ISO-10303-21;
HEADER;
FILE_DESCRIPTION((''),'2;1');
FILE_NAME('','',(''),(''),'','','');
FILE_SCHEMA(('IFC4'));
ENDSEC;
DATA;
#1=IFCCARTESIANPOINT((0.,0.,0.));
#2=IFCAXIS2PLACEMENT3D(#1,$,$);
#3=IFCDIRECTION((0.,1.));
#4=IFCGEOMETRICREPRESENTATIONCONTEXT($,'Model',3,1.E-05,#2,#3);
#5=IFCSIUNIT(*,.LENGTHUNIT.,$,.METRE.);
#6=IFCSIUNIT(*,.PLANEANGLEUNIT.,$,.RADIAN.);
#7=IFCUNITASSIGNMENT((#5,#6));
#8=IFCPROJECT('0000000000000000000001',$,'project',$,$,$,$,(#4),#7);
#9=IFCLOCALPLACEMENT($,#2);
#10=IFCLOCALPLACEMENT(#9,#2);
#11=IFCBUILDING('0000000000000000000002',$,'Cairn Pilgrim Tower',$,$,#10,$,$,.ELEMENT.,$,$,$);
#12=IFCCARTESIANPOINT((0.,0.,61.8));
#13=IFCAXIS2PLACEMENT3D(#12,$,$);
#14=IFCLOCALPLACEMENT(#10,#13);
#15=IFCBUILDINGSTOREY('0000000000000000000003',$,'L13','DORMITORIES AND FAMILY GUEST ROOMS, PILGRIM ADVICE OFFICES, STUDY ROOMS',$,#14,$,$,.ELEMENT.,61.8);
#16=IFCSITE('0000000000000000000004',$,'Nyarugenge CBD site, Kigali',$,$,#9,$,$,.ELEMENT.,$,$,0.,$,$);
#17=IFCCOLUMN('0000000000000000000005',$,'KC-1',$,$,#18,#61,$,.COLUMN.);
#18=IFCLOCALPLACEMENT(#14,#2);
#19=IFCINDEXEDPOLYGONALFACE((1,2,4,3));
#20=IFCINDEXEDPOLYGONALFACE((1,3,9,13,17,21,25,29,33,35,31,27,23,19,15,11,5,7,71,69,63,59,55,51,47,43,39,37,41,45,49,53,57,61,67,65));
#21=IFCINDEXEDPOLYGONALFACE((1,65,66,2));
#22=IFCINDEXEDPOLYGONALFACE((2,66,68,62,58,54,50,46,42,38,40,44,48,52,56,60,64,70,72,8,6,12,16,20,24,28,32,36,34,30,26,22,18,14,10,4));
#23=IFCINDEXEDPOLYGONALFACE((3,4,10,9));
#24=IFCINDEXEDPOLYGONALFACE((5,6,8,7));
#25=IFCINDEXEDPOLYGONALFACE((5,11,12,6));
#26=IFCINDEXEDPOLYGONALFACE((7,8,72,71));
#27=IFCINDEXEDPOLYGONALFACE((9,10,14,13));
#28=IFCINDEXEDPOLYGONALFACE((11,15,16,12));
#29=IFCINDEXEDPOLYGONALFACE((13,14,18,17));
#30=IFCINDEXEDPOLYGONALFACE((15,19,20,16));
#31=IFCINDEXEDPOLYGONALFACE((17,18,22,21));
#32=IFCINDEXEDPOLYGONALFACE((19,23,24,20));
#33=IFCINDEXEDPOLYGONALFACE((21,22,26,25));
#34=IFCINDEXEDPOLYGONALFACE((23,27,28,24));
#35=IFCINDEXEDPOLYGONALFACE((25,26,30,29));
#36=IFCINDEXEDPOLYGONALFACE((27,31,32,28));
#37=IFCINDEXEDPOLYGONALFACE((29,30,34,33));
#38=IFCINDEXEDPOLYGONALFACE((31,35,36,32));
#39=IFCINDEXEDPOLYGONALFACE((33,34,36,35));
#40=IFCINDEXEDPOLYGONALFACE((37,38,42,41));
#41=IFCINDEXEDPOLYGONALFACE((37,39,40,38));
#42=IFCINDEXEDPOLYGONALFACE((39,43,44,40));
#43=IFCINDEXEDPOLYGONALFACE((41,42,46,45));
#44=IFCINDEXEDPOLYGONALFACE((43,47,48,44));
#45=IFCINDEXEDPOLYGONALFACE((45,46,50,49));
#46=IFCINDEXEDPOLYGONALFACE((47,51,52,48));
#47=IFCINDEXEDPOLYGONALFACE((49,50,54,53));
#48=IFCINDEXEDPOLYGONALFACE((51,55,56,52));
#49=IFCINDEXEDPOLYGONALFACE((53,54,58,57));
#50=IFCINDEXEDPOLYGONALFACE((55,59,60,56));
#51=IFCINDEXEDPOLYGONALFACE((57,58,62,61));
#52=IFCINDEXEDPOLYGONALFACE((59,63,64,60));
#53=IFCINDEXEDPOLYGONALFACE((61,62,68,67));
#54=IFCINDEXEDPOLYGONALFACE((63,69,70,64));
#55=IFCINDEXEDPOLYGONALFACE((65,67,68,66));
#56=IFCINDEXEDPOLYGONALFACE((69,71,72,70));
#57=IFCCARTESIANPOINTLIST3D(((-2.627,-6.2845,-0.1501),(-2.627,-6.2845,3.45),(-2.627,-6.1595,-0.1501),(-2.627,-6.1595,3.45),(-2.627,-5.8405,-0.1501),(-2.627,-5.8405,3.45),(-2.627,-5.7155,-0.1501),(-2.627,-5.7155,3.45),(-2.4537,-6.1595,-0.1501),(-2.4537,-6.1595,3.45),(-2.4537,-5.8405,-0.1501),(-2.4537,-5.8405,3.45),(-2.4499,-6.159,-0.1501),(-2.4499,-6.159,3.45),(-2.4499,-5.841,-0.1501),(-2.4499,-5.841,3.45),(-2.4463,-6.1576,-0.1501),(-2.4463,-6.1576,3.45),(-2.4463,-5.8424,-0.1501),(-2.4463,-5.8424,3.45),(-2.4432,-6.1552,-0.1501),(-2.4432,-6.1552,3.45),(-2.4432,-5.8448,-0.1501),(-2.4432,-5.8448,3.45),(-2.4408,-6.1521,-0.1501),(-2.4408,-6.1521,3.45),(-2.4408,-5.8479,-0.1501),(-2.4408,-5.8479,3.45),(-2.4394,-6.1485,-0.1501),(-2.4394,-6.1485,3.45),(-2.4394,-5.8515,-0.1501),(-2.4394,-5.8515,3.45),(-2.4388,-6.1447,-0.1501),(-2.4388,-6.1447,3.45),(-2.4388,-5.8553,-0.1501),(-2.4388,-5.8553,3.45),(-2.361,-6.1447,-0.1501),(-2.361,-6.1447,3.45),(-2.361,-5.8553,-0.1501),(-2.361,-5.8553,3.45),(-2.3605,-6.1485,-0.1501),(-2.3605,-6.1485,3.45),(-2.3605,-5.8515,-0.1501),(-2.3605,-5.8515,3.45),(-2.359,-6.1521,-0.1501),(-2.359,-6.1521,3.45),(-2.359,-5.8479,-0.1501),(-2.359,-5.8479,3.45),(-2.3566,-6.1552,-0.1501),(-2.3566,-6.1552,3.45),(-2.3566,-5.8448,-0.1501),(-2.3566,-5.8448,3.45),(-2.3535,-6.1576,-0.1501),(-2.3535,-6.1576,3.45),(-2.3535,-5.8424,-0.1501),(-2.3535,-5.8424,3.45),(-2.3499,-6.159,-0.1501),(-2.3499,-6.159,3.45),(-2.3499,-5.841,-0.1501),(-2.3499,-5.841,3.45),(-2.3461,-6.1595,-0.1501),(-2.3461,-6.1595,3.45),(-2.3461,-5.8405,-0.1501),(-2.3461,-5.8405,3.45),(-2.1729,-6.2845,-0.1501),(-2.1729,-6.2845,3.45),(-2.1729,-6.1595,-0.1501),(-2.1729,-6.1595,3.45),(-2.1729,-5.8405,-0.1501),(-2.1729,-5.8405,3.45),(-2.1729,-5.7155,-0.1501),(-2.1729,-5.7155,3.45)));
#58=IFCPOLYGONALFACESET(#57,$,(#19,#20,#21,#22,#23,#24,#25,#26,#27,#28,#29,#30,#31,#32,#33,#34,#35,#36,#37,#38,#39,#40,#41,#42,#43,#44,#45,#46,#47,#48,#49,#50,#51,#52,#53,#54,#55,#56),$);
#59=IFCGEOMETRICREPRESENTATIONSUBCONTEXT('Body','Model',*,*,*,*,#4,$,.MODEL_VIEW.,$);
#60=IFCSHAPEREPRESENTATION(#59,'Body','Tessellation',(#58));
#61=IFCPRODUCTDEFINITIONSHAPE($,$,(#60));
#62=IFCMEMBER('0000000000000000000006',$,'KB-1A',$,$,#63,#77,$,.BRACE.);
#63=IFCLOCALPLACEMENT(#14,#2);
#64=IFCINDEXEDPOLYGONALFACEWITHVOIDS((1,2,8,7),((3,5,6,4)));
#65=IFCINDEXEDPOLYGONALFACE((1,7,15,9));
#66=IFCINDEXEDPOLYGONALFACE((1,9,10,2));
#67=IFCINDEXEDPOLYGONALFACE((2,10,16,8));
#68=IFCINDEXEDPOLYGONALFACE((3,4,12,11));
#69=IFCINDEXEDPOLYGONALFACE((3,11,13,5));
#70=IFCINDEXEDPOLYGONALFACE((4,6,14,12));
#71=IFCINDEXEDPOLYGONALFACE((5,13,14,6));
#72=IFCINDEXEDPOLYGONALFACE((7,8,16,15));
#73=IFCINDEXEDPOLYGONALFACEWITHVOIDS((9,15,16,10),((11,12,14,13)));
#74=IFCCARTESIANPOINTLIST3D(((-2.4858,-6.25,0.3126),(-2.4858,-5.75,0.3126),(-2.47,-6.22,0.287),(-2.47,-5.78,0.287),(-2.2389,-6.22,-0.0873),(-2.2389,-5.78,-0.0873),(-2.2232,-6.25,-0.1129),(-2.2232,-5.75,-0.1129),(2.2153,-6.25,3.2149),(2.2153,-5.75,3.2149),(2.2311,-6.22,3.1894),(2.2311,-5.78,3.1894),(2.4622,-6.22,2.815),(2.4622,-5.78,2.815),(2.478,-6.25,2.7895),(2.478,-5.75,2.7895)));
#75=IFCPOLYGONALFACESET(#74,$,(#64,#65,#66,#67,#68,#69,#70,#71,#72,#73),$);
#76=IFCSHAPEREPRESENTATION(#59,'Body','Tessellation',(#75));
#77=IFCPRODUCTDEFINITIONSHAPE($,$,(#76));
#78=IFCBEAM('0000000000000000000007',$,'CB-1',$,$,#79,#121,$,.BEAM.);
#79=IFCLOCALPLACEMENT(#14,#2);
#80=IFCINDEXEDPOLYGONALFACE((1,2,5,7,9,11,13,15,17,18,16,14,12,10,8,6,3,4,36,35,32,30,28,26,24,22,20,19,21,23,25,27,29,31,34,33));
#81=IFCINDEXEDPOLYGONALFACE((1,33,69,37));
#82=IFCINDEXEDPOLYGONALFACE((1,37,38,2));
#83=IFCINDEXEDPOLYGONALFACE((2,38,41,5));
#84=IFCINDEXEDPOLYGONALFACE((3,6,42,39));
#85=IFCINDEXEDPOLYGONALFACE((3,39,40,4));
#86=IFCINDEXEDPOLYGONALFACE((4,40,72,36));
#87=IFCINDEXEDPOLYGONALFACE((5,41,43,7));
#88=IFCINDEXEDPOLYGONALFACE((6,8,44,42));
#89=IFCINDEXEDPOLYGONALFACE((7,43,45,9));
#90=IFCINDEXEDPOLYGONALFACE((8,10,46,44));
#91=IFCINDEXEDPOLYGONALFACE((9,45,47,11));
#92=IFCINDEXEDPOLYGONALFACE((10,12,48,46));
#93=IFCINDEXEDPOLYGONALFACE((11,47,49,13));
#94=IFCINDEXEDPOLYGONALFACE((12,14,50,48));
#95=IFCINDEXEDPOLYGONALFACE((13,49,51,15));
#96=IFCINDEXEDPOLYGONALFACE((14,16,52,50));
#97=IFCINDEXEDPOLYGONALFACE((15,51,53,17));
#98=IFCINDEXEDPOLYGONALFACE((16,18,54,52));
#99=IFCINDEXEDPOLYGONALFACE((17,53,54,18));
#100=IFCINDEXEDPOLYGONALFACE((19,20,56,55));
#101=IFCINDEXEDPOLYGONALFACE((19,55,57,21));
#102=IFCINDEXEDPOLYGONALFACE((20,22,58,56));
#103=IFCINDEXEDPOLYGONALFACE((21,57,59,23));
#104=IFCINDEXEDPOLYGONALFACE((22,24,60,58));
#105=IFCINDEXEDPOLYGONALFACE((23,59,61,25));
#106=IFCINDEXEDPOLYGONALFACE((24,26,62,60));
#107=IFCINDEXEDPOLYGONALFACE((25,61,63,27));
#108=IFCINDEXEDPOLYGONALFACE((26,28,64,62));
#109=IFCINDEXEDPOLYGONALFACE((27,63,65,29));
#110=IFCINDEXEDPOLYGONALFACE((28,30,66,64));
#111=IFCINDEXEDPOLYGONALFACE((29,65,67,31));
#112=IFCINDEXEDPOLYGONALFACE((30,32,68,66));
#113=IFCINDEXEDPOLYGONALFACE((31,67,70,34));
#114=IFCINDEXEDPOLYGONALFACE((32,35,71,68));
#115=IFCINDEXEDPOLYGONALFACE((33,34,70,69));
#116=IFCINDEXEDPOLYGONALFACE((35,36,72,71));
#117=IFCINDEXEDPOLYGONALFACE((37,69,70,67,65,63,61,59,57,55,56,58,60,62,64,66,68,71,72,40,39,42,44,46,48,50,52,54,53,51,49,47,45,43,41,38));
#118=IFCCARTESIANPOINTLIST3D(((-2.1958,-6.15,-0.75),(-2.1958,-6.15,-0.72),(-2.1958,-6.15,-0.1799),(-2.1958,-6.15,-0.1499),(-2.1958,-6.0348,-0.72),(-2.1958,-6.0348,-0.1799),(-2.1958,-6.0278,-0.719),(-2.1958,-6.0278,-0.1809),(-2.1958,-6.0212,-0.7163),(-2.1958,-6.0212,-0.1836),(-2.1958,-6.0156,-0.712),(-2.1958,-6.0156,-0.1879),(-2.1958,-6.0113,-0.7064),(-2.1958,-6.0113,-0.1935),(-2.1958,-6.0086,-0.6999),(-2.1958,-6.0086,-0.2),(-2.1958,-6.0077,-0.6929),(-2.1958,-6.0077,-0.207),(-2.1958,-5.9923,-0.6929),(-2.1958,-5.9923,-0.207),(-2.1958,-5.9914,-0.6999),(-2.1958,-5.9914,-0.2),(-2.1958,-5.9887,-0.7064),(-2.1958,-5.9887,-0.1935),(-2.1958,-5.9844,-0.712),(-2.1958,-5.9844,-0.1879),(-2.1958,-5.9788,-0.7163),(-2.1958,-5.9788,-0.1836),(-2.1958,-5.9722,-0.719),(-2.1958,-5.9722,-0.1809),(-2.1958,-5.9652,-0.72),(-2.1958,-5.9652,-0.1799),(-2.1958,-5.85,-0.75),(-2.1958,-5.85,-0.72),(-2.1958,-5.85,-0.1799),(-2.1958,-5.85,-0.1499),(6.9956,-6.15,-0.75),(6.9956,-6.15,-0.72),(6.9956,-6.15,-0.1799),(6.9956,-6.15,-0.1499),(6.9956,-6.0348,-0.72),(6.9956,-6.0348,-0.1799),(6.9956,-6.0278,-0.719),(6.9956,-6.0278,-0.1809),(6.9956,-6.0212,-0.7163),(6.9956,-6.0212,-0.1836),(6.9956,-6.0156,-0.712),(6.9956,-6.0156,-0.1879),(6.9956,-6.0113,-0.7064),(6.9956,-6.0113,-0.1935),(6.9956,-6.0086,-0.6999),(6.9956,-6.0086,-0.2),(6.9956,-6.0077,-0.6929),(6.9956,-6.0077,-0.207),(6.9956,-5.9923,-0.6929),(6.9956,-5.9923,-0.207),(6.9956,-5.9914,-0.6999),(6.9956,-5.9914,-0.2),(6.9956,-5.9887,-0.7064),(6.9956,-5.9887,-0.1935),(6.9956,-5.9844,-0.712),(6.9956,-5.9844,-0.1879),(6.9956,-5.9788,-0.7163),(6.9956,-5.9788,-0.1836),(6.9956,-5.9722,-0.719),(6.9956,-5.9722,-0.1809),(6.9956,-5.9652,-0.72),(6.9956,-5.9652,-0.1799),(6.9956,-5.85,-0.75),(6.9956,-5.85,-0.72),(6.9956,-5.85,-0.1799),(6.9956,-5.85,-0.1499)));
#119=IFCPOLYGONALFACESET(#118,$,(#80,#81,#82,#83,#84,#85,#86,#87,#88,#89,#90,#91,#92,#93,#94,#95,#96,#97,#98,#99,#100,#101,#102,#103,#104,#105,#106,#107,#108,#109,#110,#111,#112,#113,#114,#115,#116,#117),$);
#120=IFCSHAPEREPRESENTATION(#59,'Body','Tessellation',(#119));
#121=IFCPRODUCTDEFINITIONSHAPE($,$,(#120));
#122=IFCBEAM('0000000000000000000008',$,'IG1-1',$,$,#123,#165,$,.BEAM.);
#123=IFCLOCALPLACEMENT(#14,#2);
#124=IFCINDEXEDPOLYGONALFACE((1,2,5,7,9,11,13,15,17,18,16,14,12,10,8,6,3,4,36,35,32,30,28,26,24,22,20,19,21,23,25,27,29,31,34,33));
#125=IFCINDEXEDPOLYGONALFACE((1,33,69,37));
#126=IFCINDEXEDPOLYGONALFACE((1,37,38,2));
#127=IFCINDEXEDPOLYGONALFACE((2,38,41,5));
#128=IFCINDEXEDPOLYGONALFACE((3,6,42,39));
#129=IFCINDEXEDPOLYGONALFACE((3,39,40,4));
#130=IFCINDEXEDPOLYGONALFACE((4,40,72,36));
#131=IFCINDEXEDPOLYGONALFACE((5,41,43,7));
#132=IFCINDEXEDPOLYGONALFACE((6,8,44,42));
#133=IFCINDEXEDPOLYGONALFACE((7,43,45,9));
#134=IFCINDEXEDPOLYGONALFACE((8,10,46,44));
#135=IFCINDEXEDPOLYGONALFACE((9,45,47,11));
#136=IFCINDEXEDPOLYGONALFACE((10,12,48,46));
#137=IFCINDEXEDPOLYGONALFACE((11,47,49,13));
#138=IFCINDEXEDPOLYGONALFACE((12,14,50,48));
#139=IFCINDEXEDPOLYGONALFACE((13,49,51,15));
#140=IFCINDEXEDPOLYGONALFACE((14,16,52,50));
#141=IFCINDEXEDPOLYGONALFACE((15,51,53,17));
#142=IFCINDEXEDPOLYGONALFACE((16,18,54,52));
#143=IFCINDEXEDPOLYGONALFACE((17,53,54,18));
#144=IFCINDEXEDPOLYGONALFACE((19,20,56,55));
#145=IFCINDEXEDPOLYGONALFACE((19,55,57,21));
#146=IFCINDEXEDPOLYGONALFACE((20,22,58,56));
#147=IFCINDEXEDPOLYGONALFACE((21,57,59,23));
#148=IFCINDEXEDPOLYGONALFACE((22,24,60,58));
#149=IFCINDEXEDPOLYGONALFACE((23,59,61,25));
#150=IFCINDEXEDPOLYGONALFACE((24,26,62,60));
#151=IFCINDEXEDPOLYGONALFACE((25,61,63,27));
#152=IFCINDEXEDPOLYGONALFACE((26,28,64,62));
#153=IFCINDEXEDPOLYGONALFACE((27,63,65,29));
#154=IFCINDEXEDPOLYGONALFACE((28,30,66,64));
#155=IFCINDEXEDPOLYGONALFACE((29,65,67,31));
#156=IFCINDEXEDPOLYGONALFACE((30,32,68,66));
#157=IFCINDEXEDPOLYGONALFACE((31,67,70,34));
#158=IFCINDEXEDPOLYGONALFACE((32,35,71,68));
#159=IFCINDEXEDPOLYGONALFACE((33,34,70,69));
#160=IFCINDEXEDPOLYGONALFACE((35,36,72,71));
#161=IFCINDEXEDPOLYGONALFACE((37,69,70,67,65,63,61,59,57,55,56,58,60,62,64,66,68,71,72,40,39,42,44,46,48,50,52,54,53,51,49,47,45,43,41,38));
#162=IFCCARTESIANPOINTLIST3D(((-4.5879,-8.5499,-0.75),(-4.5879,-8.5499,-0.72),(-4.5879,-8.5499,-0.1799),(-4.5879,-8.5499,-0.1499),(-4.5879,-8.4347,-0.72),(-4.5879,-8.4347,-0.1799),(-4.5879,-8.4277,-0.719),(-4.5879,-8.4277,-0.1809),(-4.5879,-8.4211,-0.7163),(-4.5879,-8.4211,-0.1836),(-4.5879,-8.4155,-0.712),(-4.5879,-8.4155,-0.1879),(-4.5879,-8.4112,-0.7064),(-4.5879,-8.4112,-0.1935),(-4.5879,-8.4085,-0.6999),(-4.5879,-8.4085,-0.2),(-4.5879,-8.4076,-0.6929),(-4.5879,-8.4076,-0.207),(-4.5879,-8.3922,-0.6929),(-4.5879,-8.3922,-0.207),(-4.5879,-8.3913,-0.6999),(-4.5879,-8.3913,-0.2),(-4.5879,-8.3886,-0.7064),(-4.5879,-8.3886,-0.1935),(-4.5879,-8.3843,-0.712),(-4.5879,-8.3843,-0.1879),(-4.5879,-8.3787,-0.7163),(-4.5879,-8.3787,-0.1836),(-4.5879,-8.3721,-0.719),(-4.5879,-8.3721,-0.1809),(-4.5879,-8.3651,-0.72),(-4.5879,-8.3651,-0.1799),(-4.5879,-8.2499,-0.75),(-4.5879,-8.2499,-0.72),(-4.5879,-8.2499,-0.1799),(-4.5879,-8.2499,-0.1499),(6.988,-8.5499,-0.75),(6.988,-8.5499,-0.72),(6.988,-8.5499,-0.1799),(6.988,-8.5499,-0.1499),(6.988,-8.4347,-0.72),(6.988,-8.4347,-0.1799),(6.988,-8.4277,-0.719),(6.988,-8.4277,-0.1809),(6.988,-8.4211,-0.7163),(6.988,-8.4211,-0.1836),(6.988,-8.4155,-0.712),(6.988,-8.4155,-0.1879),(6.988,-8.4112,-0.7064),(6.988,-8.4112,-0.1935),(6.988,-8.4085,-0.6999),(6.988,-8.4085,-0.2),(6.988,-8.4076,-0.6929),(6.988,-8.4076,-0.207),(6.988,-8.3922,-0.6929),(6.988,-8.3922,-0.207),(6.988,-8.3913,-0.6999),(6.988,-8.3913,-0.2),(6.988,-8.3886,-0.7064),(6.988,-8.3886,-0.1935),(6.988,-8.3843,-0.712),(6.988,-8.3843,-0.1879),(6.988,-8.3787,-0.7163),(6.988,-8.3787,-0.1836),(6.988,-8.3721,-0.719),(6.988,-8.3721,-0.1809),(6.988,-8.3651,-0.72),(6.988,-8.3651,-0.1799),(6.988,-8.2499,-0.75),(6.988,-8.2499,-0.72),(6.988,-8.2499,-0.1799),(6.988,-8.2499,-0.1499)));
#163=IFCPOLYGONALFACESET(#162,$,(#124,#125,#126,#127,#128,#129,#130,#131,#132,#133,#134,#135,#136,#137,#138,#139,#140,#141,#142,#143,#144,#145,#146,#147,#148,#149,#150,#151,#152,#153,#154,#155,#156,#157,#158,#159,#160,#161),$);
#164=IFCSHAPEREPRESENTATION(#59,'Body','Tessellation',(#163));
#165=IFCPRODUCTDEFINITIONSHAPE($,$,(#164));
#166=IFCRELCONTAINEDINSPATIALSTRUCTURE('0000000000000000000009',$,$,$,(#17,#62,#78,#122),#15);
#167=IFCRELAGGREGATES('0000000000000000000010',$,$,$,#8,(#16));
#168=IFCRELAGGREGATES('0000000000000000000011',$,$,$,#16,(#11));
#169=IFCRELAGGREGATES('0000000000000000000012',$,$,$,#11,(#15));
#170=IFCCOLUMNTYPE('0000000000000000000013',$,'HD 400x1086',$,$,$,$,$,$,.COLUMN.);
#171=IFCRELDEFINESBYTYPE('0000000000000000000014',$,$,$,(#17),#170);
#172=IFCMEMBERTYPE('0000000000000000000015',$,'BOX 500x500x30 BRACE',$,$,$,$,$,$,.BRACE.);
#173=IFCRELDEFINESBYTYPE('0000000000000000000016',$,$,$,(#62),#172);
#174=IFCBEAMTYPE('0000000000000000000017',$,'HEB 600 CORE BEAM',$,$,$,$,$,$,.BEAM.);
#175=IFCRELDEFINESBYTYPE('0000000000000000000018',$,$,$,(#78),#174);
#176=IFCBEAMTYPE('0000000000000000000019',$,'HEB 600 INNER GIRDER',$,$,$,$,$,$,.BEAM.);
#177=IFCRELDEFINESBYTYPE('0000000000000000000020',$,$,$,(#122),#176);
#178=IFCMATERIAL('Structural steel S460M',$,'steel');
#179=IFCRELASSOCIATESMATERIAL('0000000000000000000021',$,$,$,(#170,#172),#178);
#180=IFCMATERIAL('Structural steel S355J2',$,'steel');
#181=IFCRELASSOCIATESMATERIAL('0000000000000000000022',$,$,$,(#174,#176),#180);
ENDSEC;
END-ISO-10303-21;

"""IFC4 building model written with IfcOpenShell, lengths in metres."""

from ifc_helpers import new_model, si_unit, direction, frame, origin, origin_2d, place, context, subcontext, project, spatial, hollow_rectangle, i_section, extrude, material, material_profile, profile_set, type_object, element, save


model = new_model("IFC4")

# Units and contexts
model_context = context("Model", 3, precision=1e-05, world=origin(), true_north=direction((0.0, 1.0)))
body_context = subcontext(model_context, "Body", "Model", "MODEL_VIEW")
ifc_project = project(units=[si_unit("LENGTHUNIT", "METRE"), si_unit("PLANEANGLEUNIT", "RADIAN")], contexts=[model_context])

# Site, building, storey
site_placement = place(None, origin())
site = spatial("IfcSite", under=ifc_project, at=site_placement, Name="Nyarugenge CBD site, Kigali", CompositionType="ELEMENT", RefElevation=0.0)
building_placement = place(site_placement, origin())
building = spatial("IfcBuilding", under=site, at=building_placement, Name="Cairn Pilgrim Tower", CompositionType="ELEMENT")
storey_placement = place(building_placement, frame((0.0, 0.0, 61.8)))
storey = spatial("IfcBuildingStorey", under=building, at=storey_placement, Name="L13", Description="DORMITORIES AND FAMILY GUEST ROOMS, PILGRIM ADVICE OFFICES, STUDY ROOMS", CompositionType="ELEMENT", Elevation=61.8)

# Column
ifc_material_1 = material(Name="Structural steel S460M", Category="steel")
ifc_material_profile_1 = material_profile(ifc_material_1, i_section(OverallWidth=0.4541, OverallDepth=0.5691, WebThickness=0.0779, FlangeThickness=0.125, FilletRadius=0.0149, at=origin_2d()), Name="HD 400x1086")
ifc_profile_set_1 = profile_set([ifc_material_profile_1], Name="Structural steel S460M")
column_type = type_object("IfcColumnType", Name="HD 400x1086", PredefinedType="COLUMN", material=ifc_profile_set_1)
column_placement = place(storey_placement, frame((-2.3999, -6.0, -0.1501), z_axis=(0.0, 0.0, 1.0), x_axis=(1.0, 0.0, 0.0)))
element("IfcColumn", 1, at=column_placement, inside=storey, type_object=column_type, Name="KC-1", PredefinedType="COLUMN", context=body_context, shape_type="SweptSolid", body=[
    extrude(i_section(OverallWidth=0.4541, OverallDepth=0.5691, WebThickness=0.0779, FlangeThickness=0.125, FilletRadius=0.0149, at=origin_2d()), origin(), (0.0, 0.0, 1.0), 3.6001),
])

# Member
ifc_material_profile_2 = material_profile(ifc_material_1, hollow_rectangle(XDim=0.5, YDim=0.5, WallThickness=0.03, at=origin_2d()), Name="BOX 500x500x30")
ifc_profile_set_2 = profile_set([ifc_material_profile_2], Name="Structural steel S460M")
member_type = type_object("IfcMemberType", Name="BOX 500x500x30 BRACE", PredefinedType="BRACE", material=ifc_profile_set_2)
member_placement = place(storey_placement, frame((-2.3545, -6.0, 0.0999), z_axis=(0.850905, 0.0, 0.52532), x_axis=(0.0, 1.0, 0.0)))
element("IfcMember", 2, at=member_placement, inside=storey, type_object=member_type, Name="KB-1A", PredefinedType="BRACE", context=body_context, shape_type="SweptSolid", body=[
    extrude(hollow_rectangle(XDim=0.5, YDim=0.5, WallThickness=0.03, at=origin_2d()), origin(), (0.0, 0.0, 1.0), 5.5249),
])

# Beams
ifc_material_2 = material(Name="Structural steel S355J2", Category="steel")
ifc_material_profile_3 = material_profile(ifc_material_2, i_section(OverallWidth=0.3, OverallDepth=0.6001, WebThickness=0.0154, FlangeThickness=0.03, FilletRadius=0.0271, at=origin_2d()), Name="HEB 600")
ifc_profile_set_3 = profile_set([ifc_material_profile_3], Name="Structural steel S355J2")
beam_type_1 = type_object("IfcBeamType", Name="HEB 600 CORE BEAM", PredefinedType="BEAM", material=ifc_profile_set_3)
beam_1_placement = place(storey_placement, frame((-2.1958, -6.0, -0.45), z_axis=(1.0, 0.0, 0.0), x_axis=(0.0, 1.0, 0.0)))
element("IfcBeam", 3, at=beam_1_placement, inside=storey, type_object=beam_type_1, Name="CB-1", PredefinedType="BEAM", context=body_context, shape_type="SweptSolid", body=[
    extrude(i_section(OverallWidth=0.3, OverallDepth=0.6001, WebThickness=0.0154, FlangeThickness=0.03, FilletRadius=0.0271, at=origin_2d()), origin(), (0.0, 0.0, 1.0), 9.1914),
])
ifc_material_profile_4 = material_profile(ifc_material_2, i_section(OverallWidth=0.3, OverallDepth=0.6001, WebThickness=0.0154, FlangeThickness=0.03, FilletRadius=0.0271, at=origin_2d()), Name="HEB 600")
ifc_profile_set_4 = profile_set([ifc_material_profile_4], Name="Structural steel S355J2")
beam_type_2 = type_object("IfcBeamType", Name="HEB 600 INNER GIRDER", PredefinedType="BEAM", material=ifc_profile_set_4)
beam_2_placement = place(storey_placement, frame((-4.5879, -8.3999, -0.45), z_axis=(1.0, 0.0, 0.0), x_axis=(0.0, 1.0, 0.0)))
element("IfcBeam", 4, at=beam_2_placement, inside=storey, type_object=beam_type_2, Name="IG1-1", PredefinedType="BEAM", context=body_context, shape_type="SweptSolid", body=[
    extrude(i_section(OverallWidth=0.3, OverallDepth=0.6001, WebThickness=0.0154, FlangeThickness=0.03, FilletRadius=0.0271, at=origin_2d()), origin(), (0.0, 0.0, 1.0), 11.5759),
])

save(model, "model.ifc")
